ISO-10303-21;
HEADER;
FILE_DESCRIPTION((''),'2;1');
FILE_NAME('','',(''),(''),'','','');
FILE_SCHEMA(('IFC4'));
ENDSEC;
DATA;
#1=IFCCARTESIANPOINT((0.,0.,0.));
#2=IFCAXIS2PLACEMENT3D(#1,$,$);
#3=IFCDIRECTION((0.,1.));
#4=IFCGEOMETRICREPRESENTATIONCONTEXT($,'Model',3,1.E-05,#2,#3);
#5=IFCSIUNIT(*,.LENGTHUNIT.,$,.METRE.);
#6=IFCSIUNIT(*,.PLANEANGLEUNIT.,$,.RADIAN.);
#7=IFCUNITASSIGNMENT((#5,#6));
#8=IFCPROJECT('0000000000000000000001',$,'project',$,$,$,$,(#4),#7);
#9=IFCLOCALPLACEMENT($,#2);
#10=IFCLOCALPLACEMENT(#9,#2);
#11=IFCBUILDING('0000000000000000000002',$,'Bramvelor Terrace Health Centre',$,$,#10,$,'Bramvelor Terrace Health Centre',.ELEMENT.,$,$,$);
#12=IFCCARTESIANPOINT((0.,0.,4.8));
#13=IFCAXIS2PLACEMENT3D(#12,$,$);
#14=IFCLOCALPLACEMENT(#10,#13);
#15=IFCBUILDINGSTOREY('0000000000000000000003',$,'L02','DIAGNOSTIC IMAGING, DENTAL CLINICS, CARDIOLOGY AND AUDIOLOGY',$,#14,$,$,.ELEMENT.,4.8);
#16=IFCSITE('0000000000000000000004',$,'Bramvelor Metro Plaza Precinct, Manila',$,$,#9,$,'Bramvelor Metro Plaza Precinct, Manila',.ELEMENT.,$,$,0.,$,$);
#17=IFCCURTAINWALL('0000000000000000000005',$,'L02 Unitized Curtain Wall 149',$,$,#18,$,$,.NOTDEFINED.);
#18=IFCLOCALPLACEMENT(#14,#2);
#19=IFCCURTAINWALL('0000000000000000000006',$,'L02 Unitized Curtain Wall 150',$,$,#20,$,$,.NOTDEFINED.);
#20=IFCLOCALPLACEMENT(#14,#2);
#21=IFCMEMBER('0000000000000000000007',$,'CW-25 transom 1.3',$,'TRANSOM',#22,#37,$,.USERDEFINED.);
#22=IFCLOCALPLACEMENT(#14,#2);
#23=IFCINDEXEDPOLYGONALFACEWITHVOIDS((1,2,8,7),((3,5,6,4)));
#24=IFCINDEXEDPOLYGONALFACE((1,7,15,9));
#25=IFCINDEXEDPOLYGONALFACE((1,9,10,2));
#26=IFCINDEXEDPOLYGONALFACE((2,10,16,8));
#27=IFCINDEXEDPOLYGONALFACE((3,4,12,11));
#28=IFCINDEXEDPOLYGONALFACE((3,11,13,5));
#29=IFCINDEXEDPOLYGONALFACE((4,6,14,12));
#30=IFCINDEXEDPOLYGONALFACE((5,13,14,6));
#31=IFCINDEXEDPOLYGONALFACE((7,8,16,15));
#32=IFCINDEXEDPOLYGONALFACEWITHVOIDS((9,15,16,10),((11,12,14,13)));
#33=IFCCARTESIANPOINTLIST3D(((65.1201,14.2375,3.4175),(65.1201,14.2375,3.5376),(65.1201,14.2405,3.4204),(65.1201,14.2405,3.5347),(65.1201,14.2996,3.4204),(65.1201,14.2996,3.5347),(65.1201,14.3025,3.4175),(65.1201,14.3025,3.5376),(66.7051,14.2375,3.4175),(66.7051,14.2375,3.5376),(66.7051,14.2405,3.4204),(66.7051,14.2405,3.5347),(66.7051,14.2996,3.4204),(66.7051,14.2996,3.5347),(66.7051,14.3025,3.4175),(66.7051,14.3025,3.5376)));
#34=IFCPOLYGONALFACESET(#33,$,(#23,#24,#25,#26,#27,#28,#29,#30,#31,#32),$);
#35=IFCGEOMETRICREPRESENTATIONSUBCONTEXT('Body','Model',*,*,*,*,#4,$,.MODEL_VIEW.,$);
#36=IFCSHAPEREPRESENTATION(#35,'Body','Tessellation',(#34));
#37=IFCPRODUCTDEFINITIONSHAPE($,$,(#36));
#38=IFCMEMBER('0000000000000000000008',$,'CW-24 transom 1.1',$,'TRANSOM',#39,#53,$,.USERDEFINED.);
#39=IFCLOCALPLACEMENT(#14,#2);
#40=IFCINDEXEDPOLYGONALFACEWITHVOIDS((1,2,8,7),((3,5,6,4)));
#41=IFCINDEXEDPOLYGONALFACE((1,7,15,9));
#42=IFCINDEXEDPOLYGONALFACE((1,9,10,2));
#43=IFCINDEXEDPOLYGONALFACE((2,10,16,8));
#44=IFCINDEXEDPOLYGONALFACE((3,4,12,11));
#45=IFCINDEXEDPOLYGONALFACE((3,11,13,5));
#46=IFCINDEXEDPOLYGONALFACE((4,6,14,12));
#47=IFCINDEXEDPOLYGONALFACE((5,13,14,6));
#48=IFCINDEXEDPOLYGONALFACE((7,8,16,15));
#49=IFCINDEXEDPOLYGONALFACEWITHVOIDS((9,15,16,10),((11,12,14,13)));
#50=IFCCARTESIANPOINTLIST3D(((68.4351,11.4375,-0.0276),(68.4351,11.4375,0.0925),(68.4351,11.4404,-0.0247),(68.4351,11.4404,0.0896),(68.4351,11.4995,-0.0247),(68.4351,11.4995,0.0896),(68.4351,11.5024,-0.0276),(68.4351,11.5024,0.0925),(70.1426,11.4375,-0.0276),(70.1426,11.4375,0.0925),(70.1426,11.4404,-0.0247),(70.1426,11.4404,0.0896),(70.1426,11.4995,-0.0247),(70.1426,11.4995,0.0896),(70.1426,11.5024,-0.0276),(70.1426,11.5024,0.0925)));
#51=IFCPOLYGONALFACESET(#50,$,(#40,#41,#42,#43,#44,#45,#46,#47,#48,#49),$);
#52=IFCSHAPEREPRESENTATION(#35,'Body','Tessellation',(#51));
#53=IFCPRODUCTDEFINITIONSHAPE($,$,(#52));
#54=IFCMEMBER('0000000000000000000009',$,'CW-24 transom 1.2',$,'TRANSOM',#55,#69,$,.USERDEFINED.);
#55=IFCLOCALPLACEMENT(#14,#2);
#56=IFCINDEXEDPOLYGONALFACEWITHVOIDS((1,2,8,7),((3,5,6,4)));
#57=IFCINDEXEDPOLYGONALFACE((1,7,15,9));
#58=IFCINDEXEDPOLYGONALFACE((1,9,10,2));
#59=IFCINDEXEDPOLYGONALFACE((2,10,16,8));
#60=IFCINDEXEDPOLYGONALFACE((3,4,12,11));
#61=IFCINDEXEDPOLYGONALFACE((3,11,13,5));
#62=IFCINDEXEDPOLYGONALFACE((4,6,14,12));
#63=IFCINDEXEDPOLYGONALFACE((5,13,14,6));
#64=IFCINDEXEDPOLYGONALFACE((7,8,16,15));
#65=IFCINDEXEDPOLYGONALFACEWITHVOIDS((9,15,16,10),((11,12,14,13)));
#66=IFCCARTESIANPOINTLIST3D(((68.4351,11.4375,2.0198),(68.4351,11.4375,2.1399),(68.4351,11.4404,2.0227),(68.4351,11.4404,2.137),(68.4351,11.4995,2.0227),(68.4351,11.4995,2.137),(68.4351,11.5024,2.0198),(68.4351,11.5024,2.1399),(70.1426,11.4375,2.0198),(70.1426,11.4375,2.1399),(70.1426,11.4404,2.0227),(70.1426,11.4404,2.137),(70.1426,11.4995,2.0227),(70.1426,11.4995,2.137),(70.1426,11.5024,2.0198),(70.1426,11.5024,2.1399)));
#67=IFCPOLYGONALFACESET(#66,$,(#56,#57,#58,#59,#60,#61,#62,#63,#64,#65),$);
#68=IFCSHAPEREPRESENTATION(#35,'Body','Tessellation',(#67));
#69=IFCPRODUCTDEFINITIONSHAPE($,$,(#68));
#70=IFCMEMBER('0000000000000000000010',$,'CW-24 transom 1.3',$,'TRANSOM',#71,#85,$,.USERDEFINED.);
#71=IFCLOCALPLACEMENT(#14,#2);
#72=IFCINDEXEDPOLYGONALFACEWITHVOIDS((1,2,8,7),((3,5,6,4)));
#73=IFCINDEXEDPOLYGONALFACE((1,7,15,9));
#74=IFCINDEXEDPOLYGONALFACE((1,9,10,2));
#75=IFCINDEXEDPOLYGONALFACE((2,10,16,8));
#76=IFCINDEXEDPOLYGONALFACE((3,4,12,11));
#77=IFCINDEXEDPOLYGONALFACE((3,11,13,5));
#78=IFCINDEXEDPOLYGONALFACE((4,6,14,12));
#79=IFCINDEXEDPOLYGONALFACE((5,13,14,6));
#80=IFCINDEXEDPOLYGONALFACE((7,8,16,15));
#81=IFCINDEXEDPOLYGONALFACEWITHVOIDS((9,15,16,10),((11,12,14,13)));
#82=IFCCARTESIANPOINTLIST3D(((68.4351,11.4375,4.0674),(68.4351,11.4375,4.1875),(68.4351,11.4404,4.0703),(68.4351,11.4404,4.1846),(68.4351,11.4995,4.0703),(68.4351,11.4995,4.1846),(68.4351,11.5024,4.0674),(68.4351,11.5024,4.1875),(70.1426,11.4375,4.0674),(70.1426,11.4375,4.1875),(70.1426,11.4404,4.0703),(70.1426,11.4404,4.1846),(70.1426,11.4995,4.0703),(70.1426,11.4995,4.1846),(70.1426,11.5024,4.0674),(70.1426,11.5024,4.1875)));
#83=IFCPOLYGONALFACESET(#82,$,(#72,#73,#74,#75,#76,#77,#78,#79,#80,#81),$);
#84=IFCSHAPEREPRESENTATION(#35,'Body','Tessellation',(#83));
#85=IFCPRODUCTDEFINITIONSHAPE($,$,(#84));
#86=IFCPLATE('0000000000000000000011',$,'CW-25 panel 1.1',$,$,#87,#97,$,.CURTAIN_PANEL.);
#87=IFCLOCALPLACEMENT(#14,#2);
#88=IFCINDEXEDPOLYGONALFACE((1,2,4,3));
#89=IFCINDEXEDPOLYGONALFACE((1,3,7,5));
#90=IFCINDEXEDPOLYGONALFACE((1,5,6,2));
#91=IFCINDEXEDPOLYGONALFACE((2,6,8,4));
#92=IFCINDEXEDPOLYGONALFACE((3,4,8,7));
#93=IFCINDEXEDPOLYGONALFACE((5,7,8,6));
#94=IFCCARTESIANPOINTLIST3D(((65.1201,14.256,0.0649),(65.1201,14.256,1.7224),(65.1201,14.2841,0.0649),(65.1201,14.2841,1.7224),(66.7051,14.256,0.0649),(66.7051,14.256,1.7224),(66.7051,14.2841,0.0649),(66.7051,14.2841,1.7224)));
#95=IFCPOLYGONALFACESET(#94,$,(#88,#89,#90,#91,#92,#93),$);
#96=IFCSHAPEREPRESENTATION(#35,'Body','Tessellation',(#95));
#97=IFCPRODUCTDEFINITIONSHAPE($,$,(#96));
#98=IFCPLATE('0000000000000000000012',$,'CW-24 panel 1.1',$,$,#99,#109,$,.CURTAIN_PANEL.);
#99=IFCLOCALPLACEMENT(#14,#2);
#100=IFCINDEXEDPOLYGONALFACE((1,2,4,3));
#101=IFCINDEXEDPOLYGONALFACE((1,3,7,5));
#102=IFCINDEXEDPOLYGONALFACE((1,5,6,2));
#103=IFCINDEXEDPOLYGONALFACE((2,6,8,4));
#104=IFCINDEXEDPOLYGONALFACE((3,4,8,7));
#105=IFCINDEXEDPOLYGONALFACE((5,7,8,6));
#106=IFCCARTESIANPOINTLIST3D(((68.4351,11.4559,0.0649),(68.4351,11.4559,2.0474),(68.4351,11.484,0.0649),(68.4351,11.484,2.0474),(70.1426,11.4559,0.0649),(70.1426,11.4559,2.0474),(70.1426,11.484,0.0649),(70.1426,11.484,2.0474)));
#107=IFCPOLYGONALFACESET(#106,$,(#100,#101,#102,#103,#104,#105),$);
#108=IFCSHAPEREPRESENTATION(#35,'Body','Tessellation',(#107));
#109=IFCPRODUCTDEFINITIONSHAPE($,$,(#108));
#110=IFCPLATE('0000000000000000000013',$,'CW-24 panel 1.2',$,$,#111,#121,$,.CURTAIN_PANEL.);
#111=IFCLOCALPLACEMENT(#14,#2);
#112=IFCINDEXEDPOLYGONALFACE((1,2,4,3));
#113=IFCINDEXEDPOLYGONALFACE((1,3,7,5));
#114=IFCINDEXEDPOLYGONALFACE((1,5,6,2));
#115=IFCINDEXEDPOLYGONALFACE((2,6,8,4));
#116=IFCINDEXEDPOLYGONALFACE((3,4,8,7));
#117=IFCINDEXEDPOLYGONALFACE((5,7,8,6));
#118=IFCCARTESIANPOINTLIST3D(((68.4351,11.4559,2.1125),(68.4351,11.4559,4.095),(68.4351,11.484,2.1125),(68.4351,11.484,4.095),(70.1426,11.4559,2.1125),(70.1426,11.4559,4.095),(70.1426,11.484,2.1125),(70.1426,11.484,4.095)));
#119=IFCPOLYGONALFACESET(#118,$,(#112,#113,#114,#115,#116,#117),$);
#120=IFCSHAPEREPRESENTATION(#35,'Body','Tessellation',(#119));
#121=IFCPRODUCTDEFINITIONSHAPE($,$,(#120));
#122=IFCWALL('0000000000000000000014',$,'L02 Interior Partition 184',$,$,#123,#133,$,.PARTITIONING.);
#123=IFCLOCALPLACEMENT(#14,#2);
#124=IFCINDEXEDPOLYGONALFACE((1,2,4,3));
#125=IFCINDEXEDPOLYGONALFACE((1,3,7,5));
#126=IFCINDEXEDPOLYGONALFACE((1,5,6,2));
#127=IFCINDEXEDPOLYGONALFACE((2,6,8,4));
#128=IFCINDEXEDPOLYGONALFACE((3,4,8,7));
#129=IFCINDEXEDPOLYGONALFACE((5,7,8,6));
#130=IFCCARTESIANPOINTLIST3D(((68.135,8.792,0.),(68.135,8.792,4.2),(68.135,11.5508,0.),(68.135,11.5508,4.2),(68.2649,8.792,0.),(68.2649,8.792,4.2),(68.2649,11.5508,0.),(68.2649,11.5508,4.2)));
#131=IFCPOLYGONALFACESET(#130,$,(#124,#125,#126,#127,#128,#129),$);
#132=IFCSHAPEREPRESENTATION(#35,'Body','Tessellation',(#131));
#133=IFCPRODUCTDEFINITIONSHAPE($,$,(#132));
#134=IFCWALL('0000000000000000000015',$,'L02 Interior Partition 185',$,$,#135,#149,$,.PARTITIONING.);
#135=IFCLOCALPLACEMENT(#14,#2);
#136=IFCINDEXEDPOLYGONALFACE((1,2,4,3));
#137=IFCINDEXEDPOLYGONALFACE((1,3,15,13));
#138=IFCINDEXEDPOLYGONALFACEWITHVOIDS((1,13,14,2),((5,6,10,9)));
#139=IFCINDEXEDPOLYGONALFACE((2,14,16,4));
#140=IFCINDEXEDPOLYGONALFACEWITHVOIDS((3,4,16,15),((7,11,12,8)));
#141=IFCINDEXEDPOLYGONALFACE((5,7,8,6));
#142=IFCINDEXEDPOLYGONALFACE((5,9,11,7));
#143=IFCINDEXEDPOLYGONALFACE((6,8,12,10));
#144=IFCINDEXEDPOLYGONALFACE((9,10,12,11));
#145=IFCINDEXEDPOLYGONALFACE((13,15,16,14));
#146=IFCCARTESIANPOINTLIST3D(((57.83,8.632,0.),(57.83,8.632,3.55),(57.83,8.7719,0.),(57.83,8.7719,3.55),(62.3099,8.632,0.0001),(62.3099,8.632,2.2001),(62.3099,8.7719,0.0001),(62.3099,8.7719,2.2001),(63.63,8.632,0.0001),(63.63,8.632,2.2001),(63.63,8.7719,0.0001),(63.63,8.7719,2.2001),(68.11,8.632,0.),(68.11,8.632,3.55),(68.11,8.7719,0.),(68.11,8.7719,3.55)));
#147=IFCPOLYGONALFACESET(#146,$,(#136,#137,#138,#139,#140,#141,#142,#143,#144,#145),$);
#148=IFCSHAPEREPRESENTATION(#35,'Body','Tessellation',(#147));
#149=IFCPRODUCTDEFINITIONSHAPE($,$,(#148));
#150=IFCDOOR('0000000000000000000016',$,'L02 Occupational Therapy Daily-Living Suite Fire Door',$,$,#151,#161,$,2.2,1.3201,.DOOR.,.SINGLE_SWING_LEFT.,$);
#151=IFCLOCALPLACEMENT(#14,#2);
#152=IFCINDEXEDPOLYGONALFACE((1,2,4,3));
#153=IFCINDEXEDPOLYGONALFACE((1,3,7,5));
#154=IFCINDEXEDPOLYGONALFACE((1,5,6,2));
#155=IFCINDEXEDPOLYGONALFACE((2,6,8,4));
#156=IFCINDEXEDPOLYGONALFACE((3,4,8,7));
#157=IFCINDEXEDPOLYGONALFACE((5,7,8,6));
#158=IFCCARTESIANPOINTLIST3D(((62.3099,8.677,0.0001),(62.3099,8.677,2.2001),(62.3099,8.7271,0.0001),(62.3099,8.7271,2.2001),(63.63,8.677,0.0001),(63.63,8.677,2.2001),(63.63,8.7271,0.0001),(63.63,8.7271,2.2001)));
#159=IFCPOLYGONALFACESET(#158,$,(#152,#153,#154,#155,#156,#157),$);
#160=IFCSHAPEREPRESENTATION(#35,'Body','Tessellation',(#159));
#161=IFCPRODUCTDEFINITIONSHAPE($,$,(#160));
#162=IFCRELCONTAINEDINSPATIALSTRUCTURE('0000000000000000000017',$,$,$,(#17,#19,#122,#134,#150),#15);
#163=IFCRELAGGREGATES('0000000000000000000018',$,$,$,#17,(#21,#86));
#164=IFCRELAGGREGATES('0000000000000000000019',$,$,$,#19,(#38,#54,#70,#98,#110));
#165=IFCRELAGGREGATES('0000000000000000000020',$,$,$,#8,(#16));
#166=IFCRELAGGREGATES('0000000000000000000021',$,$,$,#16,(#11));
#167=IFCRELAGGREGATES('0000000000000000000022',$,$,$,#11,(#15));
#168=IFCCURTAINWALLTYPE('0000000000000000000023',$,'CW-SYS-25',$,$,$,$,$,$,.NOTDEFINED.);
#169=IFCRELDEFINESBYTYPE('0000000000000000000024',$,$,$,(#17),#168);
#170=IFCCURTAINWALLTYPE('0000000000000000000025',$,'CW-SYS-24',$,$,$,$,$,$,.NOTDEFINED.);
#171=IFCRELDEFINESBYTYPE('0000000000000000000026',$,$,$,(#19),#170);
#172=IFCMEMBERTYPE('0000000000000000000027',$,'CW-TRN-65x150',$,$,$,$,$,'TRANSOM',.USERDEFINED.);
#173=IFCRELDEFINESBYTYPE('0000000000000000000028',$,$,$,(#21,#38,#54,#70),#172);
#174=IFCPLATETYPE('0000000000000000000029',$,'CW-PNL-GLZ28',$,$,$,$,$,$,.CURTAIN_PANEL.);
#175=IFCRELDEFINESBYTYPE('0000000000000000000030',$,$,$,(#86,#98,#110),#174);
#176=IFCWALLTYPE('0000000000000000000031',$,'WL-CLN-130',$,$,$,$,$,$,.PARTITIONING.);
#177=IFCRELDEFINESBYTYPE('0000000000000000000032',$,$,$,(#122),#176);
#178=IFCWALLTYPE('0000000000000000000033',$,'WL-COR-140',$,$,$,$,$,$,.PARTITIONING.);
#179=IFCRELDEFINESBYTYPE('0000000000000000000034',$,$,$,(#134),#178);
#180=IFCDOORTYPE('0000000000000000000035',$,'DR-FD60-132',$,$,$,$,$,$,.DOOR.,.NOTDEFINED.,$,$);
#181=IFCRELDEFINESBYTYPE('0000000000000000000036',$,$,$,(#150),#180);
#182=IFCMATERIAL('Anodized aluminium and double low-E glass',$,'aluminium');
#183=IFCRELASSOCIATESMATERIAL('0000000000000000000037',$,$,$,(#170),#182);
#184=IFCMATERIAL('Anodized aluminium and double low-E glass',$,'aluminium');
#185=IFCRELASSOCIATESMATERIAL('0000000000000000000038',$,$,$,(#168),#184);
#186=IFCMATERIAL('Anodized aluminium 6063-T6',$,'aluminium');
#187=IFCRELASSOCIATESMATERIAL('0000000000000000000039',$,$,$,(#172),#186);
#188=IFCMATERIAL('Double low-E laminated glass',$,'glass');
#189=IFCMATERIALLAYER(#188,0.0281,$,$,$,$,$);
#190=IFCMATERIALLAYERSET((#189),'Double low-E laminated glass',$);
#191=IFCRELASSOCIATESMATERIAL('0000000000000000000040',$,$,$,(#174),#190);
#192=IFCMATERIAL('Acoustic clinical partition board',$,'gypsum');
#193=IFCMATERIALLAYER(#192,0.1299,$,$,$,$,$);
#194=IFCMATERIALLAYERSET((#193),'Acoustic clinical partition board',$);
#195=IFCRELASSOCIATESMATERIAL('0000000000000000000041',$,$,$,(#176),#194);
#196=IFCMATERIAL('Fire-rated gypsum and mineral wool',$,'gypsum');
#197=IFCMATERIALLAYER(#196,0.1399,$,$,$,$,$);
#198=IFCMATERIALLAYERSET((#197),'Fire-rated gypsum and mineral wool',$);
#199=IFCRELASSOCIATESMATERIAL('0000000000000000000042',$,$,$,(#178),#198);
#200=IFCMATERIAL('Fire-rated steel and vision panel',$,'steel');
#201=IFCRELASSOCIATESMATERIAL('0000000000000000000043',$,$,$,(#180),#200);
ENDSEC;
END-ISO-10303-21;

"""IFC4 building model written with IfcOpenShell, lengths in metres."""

from ifc_helpers import new_model, si_unit, direction, frame, frame_2d, origin, origin_2d, place, context, subcontext, project, spatial, rectangle, hollow_rectangle, extrude, material, layer, layer_set, material_profile, profile_set, type_object, element, fill, aggregate, save


model = new_model("IFC4")

# Units and contexts
model_context = context("Model", 3, precision=1e-05, world=origin(), true_north=direction((0.0, 1.0)))
body_context = subcontext(model_context, "Body", "Model", "MODEL_VIEW")
ifc_project = project(units=[si_unit("LENGTHUNIT", "METRE"), si_unit("PLANEANGLEUNIT", "RADIAN")], contexts=[model_context])

# Site, building, storey
site_placement = place(None, origin())
site = spatial("IfcSite", under=ifc_project, at=site_placement, Name="Bramvelor Metro Plaza Precinct, Manila", LongName="Bramvelor Metro Plaza Precinct, Manila", CompositionType="ELEMENT", RefElevation=0.0)
building_placement = place(site_placement, origin())
building = spatial("IfcBuilding", under=site, at=building_placement, Name="Bramvelor Terrace Health Centre", LongName="Bramvelor Terrace Health Centre", CompositionType="ELEMENT")
storey_placement = place(building_placement, frame((0.0, 0.0, 4.8)))
storey = spatial("IfcBuildingStorey", under=building, at=storey_placement, Name="L02", Description="DIAGNOSTIC IMAGING, DENTAL CLINICS, CARDIOLOGY AND AUDIOLOGY", CompositionType="ELEMENT", Elevation=4.8)

# Curtain wall
ifc_material_1 = material(Name="Anodized aluminium and double low-E glass", Category="aluminium")
curtain_wall_type_1 = type_object("IfcCurtainWallType", Name="CW-SYS-24", PredefinedType="NOTDEFINED", material=ifc_material_1)
ifc_material_2 = material(Name="Anodized aluminium and double low-E glass", Category="aluminium")
curtain_wall_type_2 = type_object("IfcCurtainWallType", Name="CW-SYS-25", PredefinedType="NOTDEFINED", material=ifc_material_2)
curtain_wall_1_placement = place(storey_placement, origin())
curtain_wall_1 = element("IfcCurtainWall", 1, at=curtain_wall_1_placement, inside=storey, type_object=curtain_wall_type_2, Name="L02 Unitized Curtain Wall 149", PredefinedType="NOTDEFINED")

# Curtain wall
curtain_wall_2_placement = place(storey_placement, origin())
curtain_wall_2 = element("IfcCurtainWall", 2, at=curtain_wall_2_placement, inside=storey, type_object=curtain_wall_type_1, Name="L02 Unitized Curtain Wall 150", PredefinedType="NOTDEFINED")

# Members
ifc_material_3 = material(Name="Anodized aluminium 6063-T6", Category="aluminium")
ifc_material_profile_1 = material_profile(ifc_material_3, hollow_rectangle(XDim=0.0649, YDim=0.1201, WallThickness=0.0029, at=origin_2d()), Name="ALU-TRN 65x120x3.0")
ifc_profile_set_1 = profile_set([ifc_material_profile_1], Name="Anodized aluminium 6063-T6")
member_type_1 = type_object("IfcMemberType", Name="CW-TRN-65x150", ElementType="TRANSOM", PredefinedType="USERDEFINED", material=ifc_profile_set_1)
member_1_placement = place(storey_placement, frame((65.1201, 14.27, 3.4775), z_axis=(1.0, 0.0, 0.0), x_axis=(0.0, 1.0, 0.0)))
member_1 = element("IfcMember", 3, at=member_1_placement, type_object=member_type_1, Name="CW-25 transom 1.3", ObjectType="TRANSOM", PredefinedType="USERDEFINED", context=body_context, shape_type="SweptSolid", body=[
    extrude(hollow_rectangle(XDim=0.0649, YDim=0.1201, WallThickness=0.0029, at=origin_2d()), origin(), (0.0, 0.0, 1.0), 1.585),
])
member_2_placement = place(storey_placement, frame((68.4351, 11.47, 0.0325), z_axis=(1.0, 0.0, 0.0), x_axis=(0.0, 1.0, 0.0)))
member_2 = element("IfcMember", 4, at=member_2_placement, type_object=member_type_1, Name="CW-24 transom 1.1", ObjectType="TRANSOM", PredefinedType="USERDEFINED", context=body_context, shape_type="SweptSolid", body=[
    extrude(hollow_rectangle(XDim=0.0649, YDim=0.1201, WallThickness=0.0029, at=origin_2d()), origin(), (0.0, 0.0, 1.0), 1.7075),
])
member_3_placement = place(storey_placement, frame((68.4351, 11.47, 2.0798), z_axis=(1.0, 0.0, 0.0), x_axis=(0.0, 1.0, 0.0)))
member_3 = element("IfcMember", 5, at=member_3_placement, type_object=member_type_1, Name="CW-24 transom 1.2", ObjectType="TRANSOM", PredefinedType="USERDEFINED", context=body_context, shape_type="SweptSolid", body=[
    extrude(hollow_rectangle(XDim=0.0649, YDim=0.1201, WallThickness=0.0029, at=origin_2d()), origin(), (0.0, 0.0, 1.0), 1.7075),
])
member_4_placement = place(storey_placement, frame((68.4351, 11.47, 4.1274), z_axis=(1.0, 0.0, 0.0), x_axis=(0.0, 1.0, 0.0)))
member_4 = element("IfcMember", 6, at=member_4_placement, type_object=member_type_1, Name="CW-24 transom 1.3", ObjectType="TRANSOM", PredefinedType="USERDEFINED", context=body_context, shape_type="SweptSolid", body=[
    extrude(hollow_rectangle(XDim=0.0649, YDim=0.1201, WallThickness=0.0029, at=origin_2d()), origin(), (0.0, 0.0, 1.0), 1.7075),
])

# Plates
ifc_material_4 = material(Name="Double low-E laminated glass", Category="glass")
ifc_layer_1 = layer(ifc_material_4, 0.0281)
ifc_layer_set_1 = layer_set([ifc_layer_1], Name="Double low-E laminated glass")
plate_type = type_object("IfcPlateType", Name="CW-PNL-GLZ28", PredefinedType="CURTAIN_PANEL", material=ifc_layer_set_1)
plate_1_placement = place(storey_placement, frame((65.9126, 14.27, 0.0649), z_axis=(0.0, 0.0, 1.0), x_axis=(1.0, 0.0, 0.0)))
plate_1 = element("IfcPlate", 7, at=plate_1_placement, type_object=plate_type, Name="CW-25 panel 1.1", PredefinedType="CURTAIN_PANEL", context=body_context, shape_type="SweptSolid", body=[
    extrude(rectangle(XDim=1.585, YDim=0.0281, at=origin_2d()), origin(), (0.0, 0.0, 1.0), 1.6575),
])
aggregate(curtain_wall_1, [member_1, plate_1])
plate_2_placement = place(storey_placement, frame((69.2888, 11.47, 0.0649), z_axis=(0.0, 0.0, 1.0), x_axis=(1.0, 0.0, 0.0)))
plate_2 = element("IfcPlate", 8, at=plate_2_placement, type_object=plate_type, Name="CW-24 panel 1.1", PredefinedType="CURTAIN_PANEL", context=body_context, shape_type="SweptSolid", body=[
    extrude(rectangle(XDim=1.7075, YDim=0.0281, at=origin_2d()), origin(), (0.0, 0.0, 1.0), 1.9824),
])
plate_3_placement = place(storey_placement, frame((69.2888, 11.47, 2.1125), z_axis=(0.0, 0.0, 1.0), x_axis=(1.0, 0.0, 0.0)))
plate_3 = element("IfcPlate", 9, at=plate_3_placement, type_object=plate_type, Name="CW-24 panel 1.2", PredefinedType="CURTAIN_PANEL", context=body_context, shape_type="SweptSolid", body=[
    extrude(rectangle(XDim=1.7075, YDim=0.0281, at=origin_2d()), origin(), (0.0, 0.0, 1.0), 1.9824),
])
aggregate(curtain_wall_2, [member_2, member_3, member_4, plate_2, plate_3])

# Wall
ifc_material_5 = material(Name="Acoustic clinical partition board", Category="gypsum")
ifc_layer_2 = layer(ifc_material_5, 0.1299)
ifc_layer_set_2 = layer_set([ifc_layer_2], Name="Acoustic clinical partition board")
wall_type_1 = type_object("IfcWallType", Name="WL-CLN-130", PredefinedType="PARTITIONING", material=ifc_layer_set_2)
wall_1_placement = place(storey_placement, frame((68.2, 11.5508, 0.0), z_axis=(0.0, 0.0, 1.0), x_axis=(0.0, -1.0, 0.0)))
element("IfcWall", 10, at=wall_1_placement, inside=storey, type_object=wall_type_1, Name="L02 Interior Partition 184", PredefinedType="PARTITIONING", context=body_context, shape_type="SweptSolid", body=[
    extrude(rectangle(XDim=2.7588, YDim=0.1299, at=frame_2d((1.3794, 0.0))), origin(), (0.0, 0.0, 1.0), 4.2),
])

# Wall, opening, door
ifc_material_6 = material(Name="Fire-rated gypsum and mineral wool", Category="gypsum")
ifc_layer_3 = layer(ifc_material_6, 0.1399)
ifc_layer_set_3 = layer_set([ifc_layer_3], Name="Fire-rated gypsum and mineral wool")
wall_type_2 = type_object("IfcWallType", Name="WL-COR-140", PredefinedType="PARTITIONING", material=ifc_layer_set_3)
wall_2_placement = place(storey_placement, frame((68.1101, 8.7019, 0.0), z_axis=(0.0, 0.0, 1.0), x_axis=(-1.0, 0.0, 0.0)))
wall_2 = element("IfcWall", 11, at=wall_2_placement, inside=storey, type_object=wall_type_2, Name="L02 Interior Partition 185", PredefinedType="PARTITIONING", context=body_context, shape_type="SweptSolid", body=[
    extrude(rectangle(XDim=10.28, YDim=0.1399, at=frame_2d((5.1401, 0.0))), origin(), (0.0, 0.0, 1.0), 3.55),
])
opening_placement = place(wall_2_placement, frame((4.48, 0.0, 0.0)))
opening = element("IfcOpeningElement", 12, at=opening_placement, cuts=wall_2, PredefinedType="OPENING", context=body_context, shape_type="SweptSolid", body=[
    extrude(rectangle(XDim=1.3201, YDim=2.2, at=frame_2d((0.6602, 1.1001))), frame((0.0, 0.0798, 0.0), z_axis=(0.0, -1.0, 0.0), x_axis=(1.0, 0.0, 0.0)), (0.0, 0.0, 1.0), 0.1599),
])
ifc_material_7 = material(Name="Fire-rated steel and vision panel", Category="steel")
door_type = type_object("IfcDoorType", Name="DR-FD60-132", OperationType="NOTDEFINED", PredefinedType="DOOR", material=ifc_material_7)
door_placement = place(opening_placement, origin())
door = element("IfcDoor", 13, at=door_placement, inside=storey, type_object=door_type, Name="L02 Occupational Therapy Daily-Living Suite Fire Door", OperationType="SINGLE_SWING_LEFT", OverallHeight=2.2, OverallWidth=1.3201, PredefinedType="DOOR", context=body_context, shape_type="SweptSolid", body=[
    extrude(rectangle(XDim=1.3201, YDim=2.2, at=frame_2d((0.6602, 1.1001))), frame((0.0, 0.0249, 0.0), z_axis=(0.0, -1.0, 0.0), x_axis=(1.0, 0.0, 0.0)), (0.0, 0.0, 1.0), 0.05),
])
fill(opening, door)

save(model, "model.ifc")
